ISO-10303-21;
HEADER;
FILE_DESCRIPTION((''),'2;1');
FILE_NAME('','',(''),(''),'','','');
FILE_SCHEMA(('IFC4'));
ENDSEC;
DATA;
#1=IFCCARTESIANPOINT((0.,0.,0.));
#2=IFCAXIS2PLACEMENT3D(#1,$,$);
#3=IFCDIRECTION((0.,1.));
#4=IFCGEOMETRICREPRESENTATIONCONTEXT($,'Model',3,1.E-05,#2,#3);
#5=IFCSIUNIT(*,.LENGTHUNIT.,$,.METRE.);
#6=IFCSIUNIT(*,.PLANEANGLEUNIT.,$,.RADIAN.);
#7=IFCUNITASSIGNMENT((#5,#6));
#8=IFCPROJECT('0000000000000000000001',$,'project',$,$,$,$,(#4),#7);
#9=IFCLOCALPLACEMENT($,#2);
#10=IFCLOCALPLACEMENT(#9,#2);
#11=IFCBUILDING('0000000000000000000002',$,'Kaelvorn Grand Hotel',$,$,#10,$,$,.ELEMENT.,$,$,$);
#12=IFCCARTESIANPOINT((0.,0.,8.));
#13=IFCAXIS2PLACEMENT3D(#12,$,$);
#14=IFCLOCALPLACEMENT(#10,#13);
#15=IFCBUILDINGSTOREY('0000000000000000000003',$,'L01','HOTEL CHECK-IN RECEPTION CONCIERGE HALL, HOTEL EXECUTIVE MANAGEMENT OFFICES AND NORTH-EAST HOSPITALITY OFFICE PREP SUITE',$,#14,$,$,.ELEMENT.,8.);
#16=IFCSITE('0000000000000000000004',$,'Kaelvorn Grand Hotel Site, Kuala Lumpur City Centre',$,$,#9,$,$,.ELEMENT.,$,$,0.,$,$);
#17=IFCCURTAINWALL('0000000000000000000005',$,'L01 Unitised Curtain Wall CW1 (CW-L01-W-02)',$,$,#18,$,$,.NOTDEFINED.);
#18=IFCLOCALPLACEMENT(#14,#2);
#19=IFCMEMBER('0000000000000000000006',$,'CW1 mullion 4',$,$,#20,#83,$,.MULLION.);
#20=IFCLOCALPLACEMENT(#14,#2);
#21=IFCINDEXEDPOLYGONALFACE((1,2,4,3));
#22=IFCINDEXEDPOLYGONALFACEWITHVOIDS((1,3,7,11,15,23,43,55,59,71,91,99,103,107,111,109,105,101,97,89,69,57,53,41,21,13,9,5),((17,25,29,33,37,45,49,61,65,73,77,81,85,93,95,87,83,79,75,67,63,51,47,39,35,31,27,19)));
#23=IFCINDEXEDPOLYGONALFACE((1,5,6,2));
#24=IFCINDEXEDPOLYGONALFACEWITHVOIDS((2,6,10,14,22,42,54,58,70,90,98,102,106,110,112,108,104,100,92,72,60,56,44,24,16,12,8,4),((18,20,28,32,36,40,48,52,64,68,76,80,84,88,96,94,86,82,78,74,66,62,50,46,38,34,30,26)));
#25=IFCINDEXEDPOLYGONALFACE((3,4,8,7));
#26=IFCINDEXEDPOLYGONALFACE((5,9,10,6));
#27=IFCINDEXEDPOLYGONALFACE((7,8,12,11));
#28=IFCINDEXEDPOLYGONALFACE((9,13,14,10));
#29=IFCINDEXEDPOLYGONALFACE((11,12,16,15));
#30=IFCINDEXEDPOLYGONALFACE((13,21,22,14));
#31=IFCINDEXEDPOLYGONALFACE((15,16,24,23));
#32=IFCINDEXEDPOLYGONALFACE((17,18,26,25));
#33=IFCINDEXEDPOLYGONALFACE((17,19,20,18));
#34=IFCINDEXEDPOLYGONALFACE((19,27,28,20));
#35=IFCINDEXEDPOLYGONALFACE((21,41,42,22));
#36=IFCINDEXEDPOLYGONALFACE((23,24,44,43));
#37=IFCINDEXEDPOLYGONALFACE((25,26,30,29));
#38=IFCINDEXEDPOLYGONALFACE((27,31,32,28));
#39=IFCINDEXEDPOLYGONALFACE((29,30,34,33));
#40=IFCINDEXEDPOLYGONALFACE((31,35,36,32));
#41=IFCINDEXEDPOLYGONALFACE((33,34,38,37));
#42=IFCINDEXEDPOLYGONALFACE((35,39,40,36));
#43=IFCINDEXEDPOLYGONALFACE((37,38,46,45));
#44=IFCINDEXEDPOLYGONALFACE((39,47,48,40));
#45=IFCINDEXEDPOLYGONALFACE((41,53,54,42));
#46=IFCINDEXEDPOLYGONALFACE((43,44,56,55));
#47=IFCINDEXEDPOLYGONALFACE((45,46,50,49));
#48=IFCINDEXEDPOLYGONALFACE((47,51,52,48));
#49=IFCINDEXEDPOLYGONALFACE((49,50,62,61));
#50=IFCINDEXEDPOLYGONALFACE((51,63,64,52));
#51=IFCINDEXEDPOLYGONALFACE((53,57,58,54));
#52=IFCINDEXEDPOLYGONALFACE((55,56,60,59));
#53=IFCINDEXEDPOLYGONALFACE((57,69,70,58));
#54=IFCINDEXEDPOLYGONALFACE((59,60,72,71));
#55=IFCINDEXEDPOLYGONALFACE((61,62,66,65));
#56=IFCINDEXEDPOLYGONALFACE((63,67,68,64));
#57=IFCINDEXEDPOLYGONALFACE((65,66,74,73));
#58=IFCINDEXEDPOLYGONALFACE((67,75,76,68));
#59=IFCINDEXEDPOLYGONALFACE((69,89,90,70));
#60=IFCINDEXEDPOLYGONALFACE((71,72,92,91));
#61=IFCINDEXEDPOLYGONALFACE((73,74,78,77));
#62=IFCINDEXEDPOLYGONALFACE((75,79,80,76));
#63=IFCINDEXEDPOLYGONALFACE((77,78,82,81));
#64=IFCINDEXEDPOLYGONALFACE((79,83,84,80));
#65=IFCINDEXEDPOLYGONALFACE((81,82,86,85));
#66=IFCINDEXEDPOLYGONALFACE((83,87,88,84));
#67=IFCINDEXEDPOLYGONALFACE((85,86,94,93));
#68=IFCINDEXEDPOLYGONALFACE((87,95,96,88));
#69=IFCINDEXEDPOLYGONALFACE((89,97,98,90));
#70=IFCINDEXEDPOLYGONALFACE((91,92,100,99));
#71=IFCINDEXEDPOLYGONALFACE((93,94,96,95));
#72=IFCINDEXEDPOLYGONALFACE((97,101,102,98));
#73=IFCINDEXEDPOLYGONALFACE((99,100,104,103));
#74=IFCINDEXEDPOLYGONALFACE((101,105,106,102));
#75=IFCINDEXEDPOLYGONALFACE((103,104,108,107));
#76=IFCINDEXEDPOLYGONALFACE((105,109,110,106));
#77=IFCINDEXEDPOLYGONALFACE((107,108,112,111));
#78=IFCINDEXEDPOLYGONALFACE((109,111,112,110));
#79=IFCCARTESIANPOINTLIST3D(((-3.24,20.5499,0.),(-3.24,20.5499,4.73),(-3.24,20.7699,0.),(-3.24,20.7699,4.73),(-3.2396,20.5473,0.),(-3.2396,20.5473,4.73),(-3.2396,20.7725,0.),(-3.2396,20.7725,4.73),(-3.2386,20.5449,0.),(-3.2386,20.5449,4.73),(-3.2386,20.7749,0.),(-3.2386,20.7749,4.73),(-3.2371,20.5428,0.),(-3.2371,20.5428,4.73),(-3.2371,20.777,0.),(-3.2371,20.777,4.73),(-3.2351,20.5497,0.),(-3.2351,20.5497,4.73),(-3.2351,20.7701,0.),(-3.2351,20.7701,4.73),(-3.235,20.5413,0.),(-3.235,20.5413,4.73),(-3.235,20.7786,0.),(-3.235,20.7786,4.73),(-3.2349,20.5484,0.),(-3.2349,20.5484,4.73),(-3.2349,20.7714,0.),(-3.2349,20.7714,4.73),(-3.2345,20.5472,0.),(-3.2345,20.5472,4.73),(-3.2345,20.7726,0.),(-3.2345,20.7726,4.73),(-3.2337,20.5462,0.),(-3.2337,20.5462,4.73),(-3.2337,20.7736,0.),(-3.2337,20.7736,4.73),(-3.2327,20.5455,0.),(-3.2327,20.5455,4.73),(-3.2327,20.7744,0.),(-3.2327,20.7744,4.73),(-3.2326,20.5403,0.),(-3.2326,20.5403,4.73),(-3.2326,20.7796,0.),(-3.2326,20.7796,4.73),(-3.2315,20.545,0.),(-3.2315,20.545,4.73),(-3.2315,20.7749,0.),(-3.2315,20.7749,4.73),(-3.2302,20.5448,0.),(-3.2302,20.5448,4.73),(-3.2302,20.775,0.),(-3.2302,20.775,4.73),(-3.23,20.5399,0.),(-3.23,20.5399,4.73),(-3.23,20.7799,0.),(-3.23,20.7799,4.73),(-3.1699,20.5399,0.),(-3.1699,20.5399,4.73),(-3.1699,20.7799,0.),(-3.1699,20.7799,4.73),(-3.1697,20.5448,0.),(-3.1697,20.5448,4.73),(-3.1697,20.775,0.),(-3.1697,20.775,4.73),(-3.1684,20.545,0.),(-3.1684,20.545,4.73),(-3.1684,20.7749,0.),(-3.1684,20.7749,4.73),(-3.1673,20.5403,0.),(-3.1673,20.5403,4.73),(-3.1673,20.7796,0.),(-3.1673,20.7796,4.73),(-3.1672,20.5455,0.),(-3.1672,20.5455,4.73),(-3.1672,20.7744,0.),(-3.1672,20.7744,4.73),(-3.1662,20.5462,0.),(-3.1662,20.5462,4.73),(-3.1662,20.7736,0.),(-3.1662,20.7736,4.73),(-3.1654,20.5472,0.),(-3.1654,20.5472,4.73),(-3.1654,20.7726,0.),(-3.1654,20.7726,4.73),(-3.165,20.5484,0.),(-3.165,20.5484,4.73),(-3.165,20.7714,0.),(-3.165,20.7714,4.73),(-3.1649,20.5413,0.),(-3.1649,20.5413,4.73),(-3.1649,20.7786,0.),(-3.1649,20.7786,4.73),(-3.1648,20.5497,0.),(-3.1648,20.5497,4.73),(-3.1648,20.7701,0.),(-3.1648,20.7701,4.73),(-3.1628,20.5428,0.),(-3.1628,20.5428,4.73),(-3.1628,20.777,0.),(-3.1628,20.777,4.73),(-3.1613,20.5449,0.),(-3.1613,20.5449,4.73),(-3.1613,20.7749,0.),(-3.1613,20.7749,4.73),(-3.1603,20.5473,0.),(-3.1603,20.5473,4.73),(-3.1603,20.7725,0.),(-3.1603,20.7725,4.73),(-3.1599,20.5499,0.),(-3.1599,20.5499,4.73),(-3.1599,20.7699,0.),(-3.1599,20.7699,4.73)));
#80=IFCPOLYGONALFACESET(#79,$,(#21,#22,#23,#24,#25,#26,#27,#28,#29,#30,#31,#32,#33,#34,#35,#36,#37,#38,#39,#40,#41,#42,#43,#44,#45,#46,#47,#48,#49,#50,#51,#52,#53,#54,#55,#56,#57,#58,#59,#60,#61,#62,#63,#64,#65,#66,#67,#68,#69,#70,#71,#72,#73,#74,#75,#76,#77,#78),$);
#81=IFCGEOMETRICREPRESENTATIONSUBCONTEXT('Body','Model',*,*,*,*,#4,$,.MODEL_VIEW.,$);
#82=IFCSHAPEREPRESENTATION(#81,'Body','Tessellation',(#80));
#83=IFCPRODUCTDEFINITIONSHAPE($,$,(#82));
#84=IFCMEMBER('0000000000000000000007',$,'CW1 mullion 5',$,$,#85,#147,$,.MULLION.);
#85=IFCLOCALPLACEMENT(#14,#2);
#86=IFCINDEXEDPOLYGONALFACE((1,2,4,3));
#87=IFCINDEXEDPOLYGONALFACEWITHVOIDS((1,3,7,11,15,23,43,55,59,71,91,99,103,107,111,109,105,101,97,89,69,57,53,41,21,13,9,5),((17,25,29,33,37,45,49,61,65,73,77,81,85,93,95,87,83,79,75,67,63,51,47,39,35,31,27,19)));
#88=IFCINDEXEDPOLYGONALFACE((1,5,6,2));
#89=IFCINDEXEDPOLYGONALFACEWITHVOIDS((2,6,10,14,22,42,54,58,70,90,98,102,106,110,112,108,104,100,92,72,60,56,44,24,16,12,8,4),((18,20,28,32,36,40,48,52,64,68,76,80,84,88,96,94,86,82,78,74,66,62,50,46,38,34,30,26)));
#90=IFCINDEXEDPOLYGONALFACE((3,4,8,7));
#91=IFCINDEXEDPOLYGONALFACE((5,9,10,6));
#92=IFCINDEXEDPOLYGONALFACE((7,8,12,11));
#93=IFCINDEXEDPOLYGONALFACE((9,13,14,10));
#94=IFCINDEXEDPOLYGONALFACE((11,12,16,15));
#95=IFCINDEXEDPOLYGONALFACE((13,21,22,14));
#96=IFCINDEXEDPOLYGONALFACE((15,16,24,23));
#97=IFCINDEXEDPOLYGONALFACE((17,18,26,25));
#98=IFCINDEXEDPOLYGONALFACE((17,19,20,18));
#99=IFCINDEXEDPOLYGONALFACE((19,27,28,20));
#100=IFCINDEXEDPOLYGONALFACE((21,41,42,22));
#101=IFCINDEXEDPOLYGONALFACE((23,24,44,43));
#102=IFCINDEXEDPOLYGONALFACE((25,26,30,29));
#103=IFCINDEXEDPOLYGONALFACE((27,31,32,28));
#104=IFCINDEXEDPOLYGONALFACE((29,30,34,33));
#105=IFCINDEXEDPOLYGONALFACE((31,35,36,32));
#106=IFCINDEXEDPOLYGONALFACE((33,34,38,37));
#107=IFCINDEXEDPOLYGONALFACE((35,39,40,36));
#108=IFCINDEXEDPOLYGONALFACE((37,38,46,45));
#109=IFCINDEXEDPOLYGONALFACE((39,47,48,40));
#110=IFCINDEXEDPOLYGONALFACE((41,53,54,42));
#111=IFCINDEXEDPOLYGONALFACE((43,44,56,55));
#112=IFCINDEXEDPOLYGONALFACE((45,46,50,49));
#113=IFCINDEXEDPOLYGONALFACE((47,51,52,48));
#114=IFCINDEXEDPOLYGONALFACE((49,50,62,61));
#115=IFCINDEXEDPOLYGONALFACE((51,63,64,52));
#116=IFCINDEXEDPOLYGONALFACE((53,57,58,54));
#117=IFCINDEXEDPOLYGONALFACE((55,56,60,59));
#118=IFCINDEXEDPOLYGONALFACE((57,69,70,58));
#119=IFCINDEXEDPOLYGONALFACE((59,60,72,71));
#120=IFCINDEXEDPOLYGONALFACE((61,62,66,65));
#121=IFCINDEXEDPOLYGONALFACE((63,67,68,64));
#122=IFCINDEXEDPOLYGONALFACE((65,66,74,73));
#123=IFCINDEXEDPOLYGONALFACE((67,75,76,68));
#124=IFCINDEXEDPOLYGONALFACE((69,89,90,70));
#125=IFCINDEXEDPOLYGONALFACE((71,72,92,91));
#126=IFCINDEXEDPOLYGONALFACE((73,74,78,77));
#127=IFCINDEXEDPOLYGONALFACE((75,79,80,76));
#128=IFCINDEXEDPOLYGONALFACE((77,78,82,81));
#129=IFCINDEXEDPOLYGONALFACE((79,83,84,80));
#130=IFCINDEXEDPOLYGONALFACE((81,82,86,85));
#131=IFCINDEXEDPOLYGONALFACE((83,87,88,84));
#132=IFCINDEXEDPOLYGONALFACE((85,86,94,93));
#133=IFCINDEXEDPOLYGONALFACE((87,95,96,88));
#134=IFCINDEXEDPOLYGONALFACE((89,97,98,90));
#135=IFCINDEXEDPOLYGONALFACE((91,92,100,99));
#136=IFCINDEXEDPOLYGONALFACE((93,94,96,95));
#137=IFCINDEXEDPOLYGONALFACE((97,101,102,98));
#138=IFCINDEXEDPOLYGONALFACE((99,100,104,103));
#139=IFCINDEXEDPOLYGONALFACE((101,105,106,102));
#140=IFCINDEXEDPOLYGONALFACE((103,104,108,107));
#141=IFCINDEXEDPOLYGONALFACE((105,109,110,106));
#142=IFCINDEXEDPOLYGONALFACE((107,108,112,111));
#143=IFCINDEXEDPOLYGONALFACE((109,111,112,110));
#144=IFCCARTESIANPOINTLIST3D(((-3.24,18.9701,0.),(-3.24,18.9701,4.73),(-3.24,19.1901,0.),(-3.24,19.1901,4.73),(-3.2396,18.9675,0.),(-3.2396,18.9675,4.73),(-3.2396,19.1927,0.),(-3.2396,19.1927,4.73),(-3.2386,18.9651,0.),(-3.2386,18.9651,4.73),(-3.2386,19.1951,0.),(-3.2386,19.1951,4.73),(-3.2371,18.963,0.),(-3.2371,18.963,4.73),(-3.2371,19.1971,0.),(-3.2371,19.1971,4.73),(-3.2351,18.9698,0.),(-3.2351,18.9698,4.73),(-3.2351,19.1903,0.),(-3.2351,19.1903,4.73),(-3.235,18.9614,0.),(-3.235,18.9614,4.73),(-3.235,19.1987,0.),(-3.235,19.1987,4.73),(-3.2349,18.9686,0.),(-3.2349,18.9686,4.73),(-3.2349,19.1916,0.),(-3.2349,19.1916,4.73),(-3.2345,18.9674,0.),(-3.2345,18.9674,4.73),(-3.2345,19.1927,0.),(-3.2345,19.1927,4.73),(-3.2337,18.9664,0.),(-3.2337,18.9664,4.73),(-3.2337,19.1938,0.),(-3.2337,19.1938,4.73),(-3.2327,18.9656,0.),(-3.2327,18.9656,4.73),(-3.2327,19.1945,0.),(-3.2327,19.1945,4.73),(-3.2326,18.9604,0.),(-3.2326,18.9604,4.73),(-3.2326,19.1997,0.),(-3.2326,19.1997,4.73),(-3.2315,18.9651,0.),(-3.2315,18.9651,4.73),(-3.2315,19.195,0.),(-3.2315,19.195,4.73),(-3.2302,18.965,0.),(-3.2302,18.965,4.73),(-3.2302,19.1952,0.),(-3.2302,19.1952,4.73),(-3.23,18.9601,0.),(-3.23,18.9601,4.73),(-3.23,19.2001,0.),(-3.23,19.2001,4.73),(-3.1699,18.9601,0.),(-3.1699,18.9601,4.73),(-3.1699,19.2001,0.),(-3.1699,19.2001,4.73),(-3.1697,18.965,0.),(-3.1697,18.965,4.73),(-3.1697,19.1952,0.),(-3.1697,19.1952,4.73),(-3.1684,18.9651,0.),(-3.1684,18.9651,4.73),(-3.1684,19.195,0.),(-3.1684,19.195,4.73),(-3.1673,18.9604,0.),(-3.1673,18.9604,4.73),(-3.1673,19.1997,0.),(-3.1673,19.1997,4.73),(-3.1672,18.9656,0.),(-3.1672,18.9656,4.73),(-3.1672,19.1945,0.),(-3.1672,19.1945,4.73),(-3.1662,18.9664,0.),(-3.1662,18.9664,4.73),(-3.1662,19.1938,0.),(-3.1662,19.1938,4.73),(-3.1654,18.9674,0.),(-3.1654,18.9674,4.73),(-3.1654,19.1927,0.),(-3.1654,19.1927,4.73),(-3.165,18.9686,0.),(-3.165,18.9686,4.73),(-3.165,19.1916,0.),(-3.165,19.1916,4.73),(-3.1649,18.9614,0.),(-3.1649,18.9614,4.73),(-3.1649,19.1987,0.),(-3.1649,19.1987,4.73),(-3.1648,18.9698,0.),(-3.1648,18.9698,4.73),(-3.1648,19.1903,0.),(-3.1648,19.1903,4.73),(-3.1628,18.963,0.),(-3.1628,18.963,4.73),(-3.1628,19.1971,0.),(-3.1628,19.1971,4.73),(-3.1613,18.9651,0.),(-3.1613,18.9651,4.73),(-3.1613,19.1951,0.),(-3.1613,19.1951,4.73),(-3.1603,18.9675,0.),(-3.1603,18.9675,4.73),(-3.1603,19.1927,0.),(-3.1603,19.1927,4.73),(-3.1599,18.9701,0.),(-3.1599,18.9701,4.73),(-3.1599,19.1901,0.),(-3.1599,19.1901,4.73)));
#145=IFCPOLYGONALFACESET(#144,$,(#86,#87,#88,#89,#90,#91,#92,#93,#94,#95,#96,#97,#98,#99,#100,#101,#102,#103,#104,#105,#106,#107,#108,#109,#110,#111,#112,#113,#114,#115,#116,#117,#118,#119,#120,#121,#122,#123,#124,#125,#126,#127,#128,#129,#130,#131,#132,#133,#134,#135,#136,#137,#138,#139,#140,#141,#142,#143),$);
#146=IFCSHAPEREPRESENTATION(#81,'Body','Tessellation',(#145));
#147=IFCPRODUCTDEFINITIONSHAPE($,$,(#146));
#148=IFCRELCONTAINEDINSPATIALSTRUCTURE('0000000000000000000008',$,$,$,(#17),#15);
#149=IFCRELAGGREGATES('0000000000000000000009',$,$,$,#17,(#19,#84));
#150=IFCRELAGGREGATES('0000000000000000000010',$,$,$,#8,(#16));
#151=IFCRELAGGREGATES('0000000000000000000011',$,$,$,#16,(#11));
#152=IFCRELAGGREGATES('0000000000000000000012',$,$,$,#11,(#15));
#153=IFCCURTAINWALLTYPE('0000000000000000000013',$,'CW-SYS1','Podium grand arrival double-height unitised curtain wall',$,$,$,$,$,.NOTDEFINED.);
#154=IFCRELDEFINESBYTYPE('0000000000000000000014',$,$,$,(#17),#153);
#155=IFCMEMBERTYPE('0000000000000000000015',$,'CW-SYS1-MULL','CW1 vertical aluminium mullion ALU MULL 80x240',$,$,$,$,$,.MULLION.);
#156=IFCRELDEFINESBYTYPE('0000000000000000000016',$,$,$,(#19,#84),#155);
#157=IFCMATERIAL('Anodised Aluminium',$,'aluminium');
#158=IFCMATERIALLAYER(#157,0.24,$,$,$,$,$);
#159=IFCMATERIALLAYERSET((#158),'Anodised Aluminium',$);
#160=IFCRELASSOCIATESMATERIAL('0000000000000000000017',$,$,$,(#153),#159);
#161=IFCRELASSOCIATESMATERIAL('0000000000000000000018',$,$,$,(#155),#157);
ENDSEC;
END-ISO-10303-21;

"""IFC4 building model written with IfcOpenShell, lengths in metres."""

from ifc_helpers import new_model, si_unit, direction, frame, origin, origin_2d, place, context, subcontext, project, spatial, hollow_rectangle, extrude, material, layer, layer_set, material_profile, profile_set, type_object, element, aggregate, save


model = new_model("IFC4")

# Units and contexts
model_context = context("Model", 3, precision=1e-05, world=origin(), true_north=direction((0.0, 1.0)))
body_context = subcontext(model_context, "Body", "Model", "MODEL_VIEW")
ifc_project = project(units=[si_unit("LENGTHUNIT", "METRE"), si_unit("PLANEANGLEUNIT", "RADIAN")], contexts=[model_context])

# Site, building, storey
site_placement = place(None, origin())
site = spatial("IfcSite", under=ifc_project, at=site_placement, Name="Kaelvorn Grand Hotel Site, Kuala Lumpur City Centre", CompositionType="ELEMENT", RefElevation=0.0)
building_placement = place(site_placement, origin())
building = spatial("IfcBuilding", under=site, at=building_placement, Name="Kaelvorn Grand Hotel", CompositionType="ELEMENT")
storey_placement = place(building_placement, frame((0.0, 0.0, 8.0)))
storey = spatial("IfcBuildingStorey", under=building, at=storey_placement, Name="L01", Description="HOTEL CHECK-IN RECEPTION CONCIERGE HALL, HOTEL EXECUTIVE MANAGEMENT OFFICES AND NORTH-EAST HOSPITALITY OFFICE PREP SUITE", CompositionType="ELEMENT", Elevation=8.0)

# Curtain wall, members
ifc_material_1 = material(Name="Anodised Aluminium", Category="aluminium")
ifc_layer_1 = layer(ifc_material_1, 0.24)
ifc_layer_set_1 = layer_set([ifc_layer_1], Name="Anodised Aluminium")
curtain_wall_type = type_object("IfcCurtainWallType", Name="CW-SYS1", Description="Podium grand arrival double-height unitised curtain wall", PredefinedType="NOTDEFINED", material=ifc_layer_set_1)
curtain_wall_1_placement = place(storey_placement, origin())
curtain_wall_1 = element("IfcCurtainWall", 1, at=curtain_wall_1_placement, inside=storey, type_object=curtain_wall_type, Name="L01 Unitised Curtain Wall CW1 (CW-L01-W-02)", PredefinedType="NOTDEFINED")
ifc_material_profile_1 = material_profile(ifc_material_1, hollow_rectangle(XDim=0.0801, YDim=0.24, WallThickness=0.0049, InnerFilletRadius=0.0049, OuterFilletRadius=0.01, at=origin_2d()), Name="ALU MULL 80x240")
ifc_profile_set_1 = profile_set([ifc_material_profile_1], Name="Anodised Aluminium")
member_type_1 = type_object("IfcMemberType", Name="CW-SYS1-MULL", Description="CW1 vertical aluminium mullion ALU MULL 80x240", PredefinedType="MULLION", material=ifc_profile_set_1)
member_1_placement = place(storey_placement, frame((-3.2, 20.6599, 0.0), z_axis=(0.0, 0.0, 1.0), x_axis=(1.0, 0.0, 0.0)))
member_1 = element("IfcMember", 2, at=member_1_placement, type_object=member_type_1, Name="CW1 mullion 4", PredefinedType="MULLION", context=body_context, shape_type="SweptSolid", body=[
    extrude(hollow_rectangle(XDim=0.0801, YDim=0.24, WallThickness=0.0049, InnerFilletRadius=0.0049, OuterFilletRadius=0.01, at=origin_2d()), origin(), (0.0, 0.0, 1.0), 4.73),
])
member_2_placement = place(storey_placement, frame((-3.2, 19.0801, 0.0), z_axis=(0.0, 0.0, 1.0), x_axis=(1.0, 0.0, 0.0)))
member_2 = element("IfcMember", 3, at=member_2_placement, type_object=member_type_1, Name="CW1 mullion 5", PredefinedType="MULLION", context=body_context, shape_type="SweptSolid", body=[
    extrude(hollow_rectangle(XDim=0.0801, YDim=0.24, WallThickness=0.0049, InnerFilletRadius=0.0049, OuterFilletRadius=0.01, at=origin_2d()), origin(), (0.0, 0.0, 1.0), 4.73),
])

aggregate(curtain_wall_1, [member_1, member_2])

save(model, "model.ifc")
